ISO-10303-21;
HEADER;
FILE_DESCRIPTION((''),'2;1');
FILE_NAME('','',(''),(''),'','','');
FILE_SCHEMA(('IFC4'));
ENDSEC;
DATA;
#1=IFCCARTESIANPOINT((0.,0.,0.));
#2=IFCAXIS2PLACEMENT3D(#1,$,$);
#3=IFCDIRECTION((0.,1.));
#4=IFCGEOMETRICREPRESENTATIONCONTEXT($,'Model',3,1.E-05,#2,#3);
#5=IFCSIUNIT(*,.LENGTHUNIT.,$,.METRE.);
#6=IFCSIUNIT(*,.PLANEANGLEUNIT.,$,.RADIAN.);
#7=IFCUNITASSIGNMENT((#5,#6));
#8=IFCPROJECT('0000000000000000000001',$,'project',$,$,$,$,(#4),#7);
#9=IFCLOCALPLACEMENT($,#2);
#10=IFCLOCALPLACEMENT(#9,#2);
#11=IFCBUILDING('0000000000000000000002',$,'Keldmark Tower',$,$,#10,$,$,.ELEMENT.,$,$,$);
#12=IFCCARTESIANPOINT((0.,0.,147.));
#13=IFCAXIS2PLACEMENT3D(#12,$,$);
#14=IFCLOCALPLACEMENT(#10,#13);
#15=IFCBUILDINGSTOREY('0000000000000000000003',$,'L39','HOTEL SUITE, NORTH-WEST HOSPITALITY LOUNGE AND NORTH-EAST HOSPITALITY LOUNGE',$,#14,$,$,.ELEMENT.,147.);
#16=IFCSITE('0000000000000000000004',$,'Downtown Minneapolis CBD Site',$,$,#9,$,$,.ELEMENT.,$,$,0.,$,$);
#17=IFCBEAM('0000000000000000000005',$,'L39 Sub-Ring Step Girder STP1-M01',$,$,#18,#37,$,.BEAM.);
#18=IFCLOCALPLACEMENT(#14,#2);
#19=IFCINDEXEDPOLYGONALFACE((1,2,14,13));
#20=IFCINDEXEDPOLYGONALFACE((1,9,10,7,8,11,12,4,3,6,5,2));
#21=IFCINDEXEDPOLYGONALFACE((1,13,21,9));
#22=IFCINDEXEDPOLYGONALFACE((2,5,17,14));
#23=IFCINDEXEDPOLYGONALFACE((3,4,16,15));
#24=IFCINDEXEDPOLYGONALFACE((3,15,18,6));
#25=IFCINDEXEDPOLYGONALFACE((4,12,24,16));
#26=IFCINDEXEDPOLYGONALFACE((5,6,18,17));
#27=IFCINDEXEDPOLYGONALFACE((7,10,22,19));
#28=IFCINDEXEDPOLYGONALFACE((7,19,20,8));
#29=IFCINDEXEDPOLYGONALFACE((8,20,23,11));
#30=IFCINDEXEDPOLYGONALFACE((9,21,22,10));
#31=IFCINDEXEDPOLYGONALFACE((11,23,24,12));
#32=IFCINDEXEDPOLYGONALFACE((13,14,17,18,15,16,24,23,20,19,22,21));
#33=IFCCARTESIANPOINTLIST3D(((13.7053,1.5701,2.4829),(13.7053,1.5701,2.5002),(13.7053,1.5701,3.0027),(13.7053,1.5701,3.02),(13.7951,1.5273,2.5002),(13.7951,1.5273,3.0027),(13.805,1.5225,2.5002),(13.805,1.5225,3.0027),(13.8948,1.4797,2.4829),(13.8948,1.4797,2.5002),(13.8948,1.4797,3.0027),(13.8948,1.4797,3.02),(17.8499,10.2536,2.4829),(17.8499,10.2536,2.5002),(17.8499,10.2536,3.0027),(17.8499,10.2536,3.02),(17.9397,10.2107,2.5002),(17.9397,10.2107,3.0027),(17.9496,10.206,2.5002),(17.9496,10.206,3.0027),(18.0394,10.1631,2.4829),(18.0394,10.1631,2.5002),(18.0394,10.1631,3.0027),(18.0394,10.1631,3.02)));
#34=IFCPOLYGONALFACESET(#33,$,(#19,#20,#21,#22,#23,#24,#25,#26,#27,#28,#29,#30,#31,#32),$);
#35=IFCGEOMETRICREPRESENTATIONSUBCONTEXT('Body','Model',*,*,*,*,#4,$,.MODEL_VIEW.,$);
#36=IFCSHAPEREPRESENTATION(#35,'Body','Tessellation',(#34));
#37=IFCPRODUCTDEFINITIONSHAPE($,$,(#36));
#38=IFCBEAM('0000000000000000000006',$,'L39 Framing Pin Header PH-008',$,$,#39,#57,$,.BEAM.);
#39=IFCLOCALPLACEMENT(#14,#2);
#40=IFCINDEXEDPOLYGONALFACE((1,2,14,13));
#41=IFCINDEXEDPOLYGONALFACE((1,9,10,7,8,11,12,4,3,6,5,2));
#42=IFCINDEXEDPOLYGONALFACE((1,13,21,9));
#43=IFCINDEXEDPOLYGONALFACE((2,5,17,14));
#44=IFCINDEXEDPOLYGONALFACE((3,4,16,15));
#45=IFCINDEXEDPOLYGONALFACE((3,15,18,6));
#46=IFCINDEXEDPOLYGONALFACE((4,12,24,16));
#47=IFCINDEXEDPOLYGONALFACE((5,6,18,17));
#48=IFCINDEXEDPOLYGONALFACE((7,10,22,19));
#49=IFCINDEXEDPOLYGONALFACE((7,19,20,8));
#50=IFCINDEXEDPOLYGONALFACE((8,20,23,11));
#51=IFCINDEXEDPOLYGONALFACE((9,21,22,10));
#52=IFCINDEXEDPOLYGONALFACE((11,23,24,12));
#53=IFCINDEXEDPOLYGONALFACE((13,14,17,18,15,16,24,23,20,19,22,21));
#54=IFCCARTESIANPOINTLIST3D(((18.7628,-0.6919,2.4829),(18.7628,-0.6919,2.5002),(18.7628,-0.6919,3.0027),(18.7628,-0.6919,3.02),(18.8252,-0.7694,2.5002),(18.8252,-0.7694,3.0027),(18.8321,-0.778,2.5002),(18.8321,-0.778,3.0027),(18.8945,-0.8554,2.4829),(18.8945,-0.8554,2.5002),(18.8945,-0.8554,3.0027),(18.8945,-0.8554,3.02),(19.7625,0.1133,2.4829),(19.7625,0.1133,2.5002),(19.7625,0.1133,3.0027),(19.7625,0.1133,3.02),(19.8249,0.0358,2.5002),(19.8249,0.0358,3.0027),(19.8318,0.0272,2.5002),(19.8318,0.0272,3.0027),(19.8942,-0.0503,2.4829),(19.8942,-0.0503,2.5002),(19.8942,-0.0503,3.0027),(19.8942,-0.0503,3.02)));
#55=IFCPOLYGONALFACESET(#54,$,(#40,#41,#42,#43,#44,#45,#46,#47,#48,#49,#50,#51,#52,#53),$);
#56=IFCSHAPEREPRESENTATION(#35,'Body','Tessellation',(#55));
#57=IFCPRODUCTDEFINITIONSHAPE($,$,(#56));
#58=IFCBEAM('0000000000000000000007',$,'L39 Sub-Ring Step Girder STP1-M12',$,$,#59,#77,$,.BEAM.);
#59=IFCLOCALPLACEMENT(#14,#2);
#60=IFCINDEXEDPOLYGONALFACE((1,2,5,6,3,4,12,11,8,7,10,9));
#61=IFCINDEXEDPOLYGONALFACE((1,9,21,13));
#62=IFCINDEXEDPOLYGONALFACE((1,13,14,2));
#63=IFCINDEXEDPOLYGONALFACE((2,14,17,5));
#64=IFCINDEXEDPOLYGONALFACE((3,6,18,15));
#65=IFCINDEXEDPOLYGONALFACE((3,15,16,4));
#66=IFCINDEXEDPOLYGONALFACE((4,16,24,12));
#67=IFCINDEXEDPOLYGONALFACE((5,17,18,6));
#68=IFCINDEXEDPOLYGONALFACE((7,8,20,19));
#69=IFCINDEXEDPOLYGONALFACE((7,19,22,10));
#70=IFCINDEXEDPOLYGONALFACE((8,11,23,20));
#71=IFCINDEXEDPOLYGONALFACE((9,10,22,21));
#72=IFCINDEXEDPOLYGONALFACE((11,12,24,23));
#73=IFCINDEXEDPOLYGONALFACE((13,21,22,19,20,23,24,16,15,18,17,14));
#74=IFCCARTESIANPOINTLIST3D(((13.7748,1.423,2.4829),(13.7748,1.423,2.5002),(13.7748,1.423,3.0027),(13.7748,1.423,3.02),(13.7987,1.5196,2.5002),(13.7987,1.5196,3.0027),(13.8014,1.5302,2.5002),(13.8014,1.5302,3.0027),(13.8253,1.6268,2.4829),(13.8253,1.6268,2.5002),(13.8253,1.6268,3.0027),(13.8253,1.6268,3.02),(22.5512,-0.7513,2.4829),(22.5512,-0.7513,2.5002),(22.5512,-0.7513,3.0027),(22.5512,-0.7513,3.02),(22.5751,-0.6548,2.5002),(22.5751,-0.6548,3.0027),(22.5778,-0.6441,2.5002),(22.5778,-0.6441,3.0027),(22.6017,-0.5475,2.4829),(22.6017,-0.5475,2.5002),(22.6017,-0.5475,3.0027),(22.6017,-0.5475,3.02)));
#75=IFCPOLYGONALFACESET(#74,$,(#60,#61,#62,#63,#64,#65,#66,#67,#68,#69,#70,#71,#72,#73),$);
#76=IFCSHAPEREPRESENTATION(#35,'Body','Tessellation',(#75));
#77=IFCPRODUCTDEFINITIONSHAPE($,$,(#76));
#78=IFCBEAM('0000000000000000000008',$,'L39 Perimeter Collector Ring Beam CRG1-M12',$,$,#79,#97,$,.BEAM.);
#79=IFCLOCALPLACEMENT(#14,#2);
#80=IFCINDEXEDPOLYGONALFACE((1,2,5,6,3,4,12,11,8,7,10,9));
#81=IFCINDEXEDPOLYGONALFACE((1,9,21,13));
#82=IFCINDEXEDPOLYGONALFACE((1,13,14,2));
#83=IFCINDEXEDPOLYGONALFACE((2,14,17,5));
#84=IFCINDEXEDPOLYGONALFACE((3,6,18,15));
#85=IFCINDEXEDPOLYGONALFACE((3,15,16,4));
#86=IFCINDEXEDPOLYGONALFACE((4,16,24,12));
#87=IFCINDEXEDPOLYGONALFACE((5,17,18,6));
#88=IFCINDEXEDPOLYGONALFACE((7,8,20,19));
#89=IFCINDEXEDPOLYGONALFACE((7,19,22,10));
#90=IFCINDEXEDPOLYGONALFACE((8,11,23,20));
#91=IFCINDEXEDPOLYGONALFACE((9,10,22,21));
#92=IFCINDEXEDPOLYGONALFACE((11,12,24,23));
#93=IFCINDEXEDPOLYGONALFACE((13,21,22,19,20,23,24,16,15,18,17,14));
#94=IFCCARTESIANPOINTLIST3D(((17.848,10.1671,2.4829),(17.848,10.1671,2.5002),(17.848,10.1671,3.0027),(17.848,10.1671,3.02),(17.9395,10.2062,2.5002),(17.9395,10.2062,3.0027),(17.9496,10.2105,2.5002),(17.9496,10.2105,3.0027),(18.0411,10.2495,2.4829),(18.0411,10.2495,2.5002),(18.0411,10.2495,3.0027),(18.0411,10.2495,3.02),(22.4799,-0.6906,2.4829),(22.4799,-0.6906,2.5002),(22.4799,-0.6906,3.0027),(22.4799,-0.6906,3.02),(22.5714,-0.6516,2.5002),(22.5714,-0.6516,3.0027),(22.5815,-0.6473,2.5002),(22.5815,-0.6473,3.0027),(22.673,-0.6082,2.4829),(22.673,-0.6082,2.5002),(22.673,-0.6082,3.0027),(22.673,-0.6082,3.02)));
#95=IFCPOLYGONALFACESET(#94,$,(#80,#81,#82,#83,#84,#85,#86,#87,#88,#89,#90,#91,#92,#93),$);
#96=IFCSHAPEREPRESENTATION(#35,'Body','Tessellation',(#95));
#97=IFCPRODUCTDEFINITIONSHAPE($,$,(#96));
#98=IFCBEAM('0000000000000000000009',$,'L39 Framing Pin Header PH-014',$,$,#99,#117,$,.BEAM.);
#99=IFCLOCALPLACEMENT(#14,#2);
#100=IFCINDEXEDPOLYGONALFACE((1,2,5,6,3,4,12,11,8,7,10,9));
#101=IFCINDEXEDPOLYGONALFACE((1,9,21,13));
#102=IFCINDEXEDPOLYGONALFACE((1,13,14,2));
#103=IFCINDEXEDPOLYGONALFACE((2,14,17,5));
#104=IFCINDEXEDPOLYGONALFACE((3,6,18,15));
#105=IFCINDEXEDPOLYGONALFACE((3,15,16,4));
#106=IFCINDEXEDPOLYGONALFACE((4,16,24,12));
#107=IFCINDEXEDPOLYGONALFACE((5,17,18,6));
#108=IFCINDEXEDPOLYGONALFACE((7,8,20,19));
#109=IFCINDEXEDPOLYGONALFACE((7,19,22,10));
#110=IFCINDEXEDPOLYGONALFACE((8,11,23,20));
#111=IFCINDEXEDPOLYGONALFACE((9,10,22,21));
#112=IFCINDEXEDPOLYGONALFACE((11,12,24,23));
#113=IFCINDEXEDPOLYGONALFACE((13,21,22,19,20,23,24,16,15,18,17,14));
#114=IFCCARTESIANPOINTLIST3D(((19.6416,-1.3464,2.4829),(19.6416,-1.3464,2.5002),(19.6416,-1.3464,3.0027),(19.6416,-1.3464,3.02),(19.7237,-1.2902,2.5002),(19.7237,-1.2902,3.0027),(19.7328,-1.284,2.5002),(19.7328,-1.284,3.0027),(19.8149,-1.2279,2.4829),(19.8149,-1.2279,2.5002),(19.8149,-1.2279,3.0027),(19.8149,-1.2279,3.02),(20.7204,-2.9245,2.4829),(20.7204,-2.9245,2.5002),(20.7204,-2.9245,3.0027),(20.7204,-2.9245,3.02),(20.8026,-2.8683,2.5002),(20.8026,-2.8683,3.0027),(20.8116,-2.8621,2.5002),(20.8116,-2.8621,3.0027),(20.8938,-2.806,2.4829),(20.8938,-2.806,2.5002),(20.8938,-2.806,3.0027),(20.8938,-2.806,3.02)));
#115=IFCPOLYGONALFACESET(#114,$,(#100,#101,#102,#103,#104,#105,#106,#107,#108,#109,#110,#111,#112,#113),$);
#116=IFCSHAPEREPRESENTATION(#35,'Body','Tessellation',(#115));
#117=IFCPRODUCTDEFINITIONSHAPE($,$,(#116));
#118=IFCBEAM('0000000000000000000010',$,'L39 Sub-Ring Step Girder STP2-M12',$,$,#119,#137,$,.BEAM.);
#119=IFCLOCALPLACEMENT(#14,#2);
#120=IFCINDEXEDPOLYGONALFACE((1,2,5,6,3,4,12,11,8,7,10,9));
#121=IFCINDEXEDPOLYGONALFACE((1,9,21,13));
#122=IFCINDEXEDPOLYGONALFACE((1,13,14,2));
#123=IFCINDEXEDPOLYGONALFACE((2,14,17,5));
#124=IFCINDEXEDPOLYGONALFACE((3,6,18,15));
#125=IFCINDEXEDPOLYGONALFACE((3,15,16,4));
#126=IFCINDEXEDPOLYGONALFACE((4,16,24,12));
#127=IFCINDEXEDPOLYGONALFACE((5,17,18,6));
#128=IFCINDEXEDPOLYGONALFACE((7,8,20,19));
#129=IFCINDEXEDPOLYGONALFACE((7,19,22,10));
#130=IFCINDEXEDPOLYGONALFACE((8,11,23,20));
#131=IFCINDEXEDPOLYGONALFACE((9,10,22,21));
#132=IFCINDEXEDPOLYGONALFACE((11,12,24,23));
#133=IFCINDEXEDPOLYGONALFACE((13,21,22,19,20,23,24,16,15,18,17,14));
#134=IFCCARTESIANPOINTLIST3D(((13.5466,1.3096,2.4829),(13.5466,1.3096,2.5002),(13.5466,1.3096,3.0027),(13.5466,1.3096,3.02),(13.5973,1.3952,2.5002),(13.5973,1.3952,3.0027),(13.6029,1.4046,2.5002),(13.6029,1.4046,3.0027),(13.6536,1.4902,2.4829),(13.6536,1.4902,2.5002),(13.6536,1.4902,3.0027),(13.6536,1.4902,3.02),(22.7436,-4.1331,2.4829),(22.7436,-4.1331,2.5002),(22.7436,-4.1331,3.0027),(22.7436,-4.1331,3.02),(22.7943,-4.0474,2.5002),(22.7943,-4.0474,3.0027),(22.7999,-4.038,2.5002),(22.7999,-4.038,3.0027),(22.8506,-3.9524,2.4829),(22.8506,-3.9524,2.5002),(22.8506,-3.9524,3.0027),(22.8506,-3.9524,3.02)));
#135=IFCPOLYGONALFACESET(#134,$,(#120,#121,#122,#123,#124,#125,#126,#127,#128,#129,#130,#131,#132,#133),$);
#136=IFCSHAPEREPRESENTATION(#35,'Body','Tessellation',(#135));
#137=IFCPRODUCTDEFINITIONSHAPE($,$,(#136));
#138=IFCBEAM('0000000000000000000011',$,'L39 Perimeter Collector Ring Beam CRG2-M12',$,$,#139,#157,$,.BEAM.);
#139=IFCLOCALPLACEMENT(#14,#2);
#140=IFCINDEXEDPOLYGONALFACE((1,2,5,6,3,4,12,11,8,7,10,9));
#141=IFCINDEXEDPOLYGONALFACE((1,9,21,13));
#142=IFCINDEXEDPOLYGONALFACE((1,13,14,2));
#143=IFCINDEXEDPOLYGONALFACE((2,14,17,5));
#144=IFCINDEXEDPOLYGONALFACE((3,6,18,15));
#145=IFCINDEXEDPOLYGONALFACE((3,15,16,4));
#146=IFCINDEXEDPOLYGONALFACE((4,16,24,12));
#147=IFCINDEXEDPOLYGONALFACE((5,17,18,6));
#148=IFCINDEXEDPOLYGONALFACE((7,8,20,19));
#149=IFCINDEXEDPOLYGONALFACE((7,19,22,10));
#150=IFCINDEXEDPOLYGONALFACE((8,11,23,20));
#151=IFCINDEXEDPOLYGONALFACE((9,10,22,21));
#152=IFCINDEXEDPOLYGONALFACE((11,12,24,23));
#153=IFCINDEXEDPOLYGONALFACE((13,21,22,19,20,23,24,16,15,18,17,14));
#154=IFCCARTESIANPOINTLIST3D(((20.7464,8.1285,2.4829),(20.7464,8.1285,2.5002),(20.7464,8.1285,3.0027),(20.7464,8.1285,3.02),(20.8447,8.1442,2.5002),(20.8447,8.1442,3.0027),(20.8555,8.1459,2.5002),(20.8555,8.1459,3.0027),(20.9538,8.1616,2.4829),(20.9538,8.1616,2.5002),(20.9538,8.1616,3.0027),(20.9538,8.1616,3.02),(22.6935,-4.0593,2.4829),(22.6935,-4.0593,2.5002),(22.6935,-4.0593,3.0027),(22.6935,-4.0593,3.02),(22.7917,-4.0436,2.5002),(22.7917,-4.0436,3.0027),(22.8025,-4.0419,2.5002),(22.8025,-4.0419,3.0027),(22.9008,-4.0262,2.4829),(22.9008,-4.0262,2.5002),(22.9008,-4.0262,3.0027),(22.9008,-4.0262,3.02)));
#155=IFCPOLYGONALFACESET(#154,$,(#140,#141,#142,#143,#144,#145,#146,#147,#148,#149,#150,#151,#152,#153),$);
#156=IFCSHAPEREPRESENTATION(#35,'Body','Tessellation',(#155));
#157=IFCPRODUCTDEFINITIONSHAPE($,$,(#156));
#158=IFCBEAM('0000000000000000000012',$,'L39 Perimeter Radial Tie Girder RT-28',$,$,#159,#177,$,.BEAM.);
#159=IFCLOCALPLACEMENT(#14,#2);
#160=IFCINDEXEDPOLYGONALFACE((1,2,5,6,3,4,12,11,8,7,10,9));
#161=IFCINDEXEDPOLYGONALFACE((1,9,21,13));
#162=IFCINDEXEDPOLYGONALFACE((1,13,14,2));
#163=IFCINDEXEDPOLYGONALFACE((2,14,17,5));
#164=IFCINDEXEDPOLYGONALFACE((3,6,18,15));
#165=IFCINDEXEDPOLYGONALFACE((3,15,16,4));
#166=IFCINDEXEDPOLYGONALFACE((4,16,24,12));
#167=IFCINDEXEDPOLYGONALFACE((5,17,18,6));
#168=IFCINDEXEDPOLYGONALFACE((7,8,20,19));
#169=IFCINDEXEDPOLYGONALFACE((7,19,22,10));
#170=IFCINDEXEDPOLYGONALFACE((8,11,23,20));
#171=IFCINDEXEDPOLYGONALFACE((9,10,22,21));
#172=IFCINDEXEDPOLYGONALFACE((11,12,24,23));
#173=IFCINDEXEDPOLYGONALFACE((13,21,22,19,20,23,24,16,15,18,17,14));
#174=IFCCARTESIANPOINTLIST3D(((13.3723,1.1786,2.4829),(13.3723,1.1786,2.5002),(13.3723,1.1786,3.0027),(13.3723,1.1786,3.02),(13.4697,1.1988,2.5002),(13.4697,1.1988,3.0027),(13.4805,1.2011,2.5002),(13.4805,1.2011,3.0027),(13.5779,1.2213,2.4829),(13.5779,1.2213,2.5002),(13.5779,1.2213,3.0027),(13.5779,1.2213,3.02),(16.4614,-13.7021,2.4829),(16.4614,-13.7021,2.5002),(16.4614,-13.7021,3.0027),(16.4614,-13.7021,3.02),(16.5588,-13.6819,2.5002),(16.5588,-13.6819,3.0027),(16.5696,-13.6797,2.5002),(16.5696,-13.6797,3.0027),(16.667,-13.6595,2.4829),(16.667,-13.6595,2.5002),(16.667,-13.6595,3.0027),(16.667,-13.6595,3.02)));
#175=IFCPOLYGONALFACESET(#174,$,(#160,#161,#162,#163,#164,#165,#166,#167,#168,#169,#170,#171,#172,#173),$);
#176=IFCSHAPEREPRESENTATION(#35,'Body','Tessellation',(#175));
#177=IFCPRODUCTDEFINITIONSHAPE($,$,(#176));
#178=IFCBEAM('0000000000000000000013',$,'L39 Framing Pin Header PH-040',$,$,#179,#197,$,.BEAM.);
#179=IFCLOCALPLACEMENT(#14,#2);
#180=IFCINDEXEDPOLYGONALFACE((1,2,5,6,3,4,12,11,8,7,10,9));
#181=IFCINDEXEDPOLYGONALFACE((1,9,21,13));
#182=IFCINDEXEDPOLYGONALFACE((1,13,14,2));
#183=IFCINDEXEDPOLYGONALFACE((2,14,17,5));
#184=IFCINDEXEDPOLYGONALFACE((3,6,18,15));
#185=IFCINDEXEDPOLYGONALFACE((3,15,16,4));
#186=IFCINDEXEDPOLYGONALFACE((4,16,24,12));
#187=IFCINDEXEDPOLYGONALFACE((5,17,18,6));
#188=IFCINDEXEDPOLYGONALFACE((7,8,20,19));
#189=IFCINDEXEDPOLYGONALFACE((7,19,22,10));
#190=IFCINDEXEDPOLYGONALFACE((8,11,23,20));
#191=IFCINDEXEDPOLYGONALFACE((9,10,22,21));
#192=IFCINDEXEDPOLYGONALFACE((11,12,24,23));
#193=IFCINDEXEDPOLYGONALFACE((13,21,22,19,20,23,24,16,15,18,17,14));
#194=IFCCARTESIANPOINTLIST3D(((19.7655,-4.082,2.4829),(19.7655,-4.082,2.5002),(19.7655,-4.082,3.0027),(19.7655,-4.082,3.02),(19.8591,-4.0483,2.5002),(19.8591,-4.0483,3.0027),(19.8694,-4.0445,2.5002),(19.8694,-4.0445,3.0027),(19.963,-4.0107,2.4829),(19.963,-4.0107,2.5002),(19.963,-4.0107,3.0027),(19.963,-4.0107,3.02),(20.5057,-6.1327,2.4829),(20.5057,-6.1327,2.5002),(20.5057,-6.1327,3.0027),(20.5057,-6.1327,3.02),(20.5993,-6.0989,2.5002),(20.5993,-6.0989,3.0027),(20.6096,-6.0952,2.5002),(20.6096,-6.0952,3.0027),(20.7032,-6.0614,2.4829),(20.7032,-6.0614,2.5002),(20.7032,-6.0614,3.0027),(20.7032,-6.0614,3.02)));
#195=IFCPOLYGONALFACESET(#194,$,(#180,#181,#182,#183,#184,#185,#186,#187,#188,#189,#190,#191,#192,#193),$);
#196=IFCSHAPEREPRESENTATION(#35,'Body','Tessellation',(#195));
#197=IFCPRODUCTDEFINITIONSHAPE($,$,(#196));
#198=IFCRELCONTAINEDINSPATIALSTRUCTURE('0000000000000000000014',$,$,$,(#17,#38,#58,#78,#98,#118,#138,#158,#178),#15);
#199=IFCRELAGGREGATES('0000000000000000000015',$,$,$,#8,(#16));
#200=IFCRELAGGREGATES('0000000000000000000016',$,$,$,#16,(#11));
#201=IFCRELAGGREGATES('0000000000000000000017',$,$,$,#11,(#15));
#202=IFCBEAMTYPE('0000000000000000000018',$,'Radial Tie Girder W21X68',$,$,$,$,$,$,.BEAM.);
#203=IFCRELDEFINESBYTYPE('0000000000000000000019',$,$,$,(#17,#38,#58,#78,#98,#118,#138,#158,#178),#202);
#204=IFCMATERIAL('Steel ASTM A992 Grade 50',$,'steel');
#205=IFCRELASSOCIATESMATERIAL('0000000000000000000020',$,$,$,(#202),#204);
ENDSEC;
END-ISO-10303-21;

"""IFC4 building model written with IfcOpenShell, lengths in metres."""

from ifc_helpers import new_model, si_unit, direction, frame, origin, origin_2d, place, context, subcontext, project, spatial, i_section, extrude, material, material_profile, profile_set, type_object, element, save


model = new_model("IFC4")

# Units and contexts
model_context = context("Model", 3, precision=1e-05, world=origin(), true_north=direction((0.0, 1.0)))
body_context = subcontext(model_context, "Body", "Model", "MODEL_VIEW")
ifc_project = project(units=[si_unit("LENGTHUNIT", "METRE"), si_unit("PLANEANGLEUNIT", "RADIAN")], contexts=[model_context])

# Site, building, storey
site_placement = place(None, origin())
site = spatial("IfcSite", under=ifc_project, at=site_placement, Name="Downtown Minneapolis CBD Site", CompositionType="ELEMENT", RefElevation=0.0)
building_placement = place(site_placement, origin())
building = spatial("IfcBuilding", under=site, at=building_placement, Name="Keldmark Tower", CompositionType="ELEMENT")
storey_placement = place(building_placement, frame((0.0, 0.0, 147.0)))
storey = spatial("IfcBuildingStorey", under=building, at=storey_placement, Name="L39", Description="HOTEL SUITE, NORTH-WEST HOSPITALITY LOUNGE AND NORTH-EAST HOSPITALITY LOUNGE", CompositionType="ELEMENT", Elevation=147.0)

# Beams
ifc_material_1 = material(Name="Steel ASTM A992 Grade 50", Category="steel")
ifc_material_profile_1 = material_profile(ifc_material_1, i_section(OverallWidth=0.21, OverallDepth=0.5371, WebThickness=0.011, FlangeThickness=0.0173, at=origin_2d()), Name="W21X68")
ifc_profile_set_1 = profile_set([ifc_material_profile_1], Name="Steel ASTM A992 Grade 50")
beam_type_1 = type_object("IfcBeamType", Name="Radial Tie Girder W21X68", PredefinedType="BEAM", material=ifc_profile_set_1)
beam_1_placement = place(storey_placement, frame((13.8, 1.5249, 2.7515), z_axis=(0.430747, 0.902473, 0.0), x_axis=(-0.902473, 0.430747, 0.0)))
element("IfcBeam", 1, at=beam_1_placement, inside=storey, type_object=beam_type_1, Name="L39 Sub-Ring Step Girder STP1-M01", PredefinedType="BEAM", context=body_context, shape_type="SweptSolid", body=[
    extrude(i_section(OverallWidth=0.21, OverallDepth=0.5371, WebThickness=0.011, FlangeThickness=0.0173, at=origin_2d()), origin(), (0.0, 0.0, 1.0), 9.6218),
])
beam_2_placement = place(storey_placement, frame((18.8286, -0.7737, 2.7515), z_axis=(0.778824, 0.627243, 0.0), x_axis=(-0.627243, 0.778824, 0.0)))
element("IfcBeam", 2, at=beam_2_placement, inside=storey, type_object=beam_type_1, Name="L39 Framing Pin Header PH-008", PredefinedType="BEAM", context=body_context, shape_type="SweptSolid", body=[
    extrude(i_section(OverallWidth=0.21, OverallDepth=0.5371, WebThickness=0.011, FlangeThickness=0.0173, at=origin_2d()), origin(), (0.0, 0.0, 1.0), 1.2837),
])
beam_3_placement = place(storey_placement, frame((13.8, 1.5249, 2.7515), z_axis=(0.970655, -0.240477, 0.0), x_axis=(0.240477, 0.970655, 0.0)))
element("IfcBeam", 3, at=beam_3_placement, inside=storey, type_object=beam_type_1, Name="L39 Sub-Ring Step Girder STP1-M12", PredefinedType="BEAM", context=body_context, shape_type="SweptSolid", body=[
    extrude(i_section(OverallWidth=0.21, OverallDepth=0.5371, WebThickness=0.011, FlangeThickness=0.0173, at=origin_2d()), origin(), (0.0, 0.0, 1.0), 9.0417),
])
beam_4_placement = place(storey_placement, frame((22.5764, -0.6494, 2.7515), z_axis=(-0.392384, 0.919802, 0.0), x_axis=(-0.919802, -0.392384, 0.0)))
element("IfcBeam", 4, at=beam_4_placement, inside=storey, type_object=beam_type_1, Name="L39 Perimeter Collector Ring Beam CRG1-M12", PredefinedType="BEAM", context=body_context, shape_type="SweptSolid", body=[
    extrude(i_section(OverallWidth=0.21, OverallDepth=0.5371, WebThickness=0.011, FlangeThickness=0.0173, at=origin_2d()), origin(), (0.0, 0.0, 1.0), 11.8044),
])
beam_5_placement = place(storey_placement, frame((19.7283, -1.2871, 2.7515), z_axis=(0.564359, -0.82553, 0.0), x_axis=(0.82553, 0.564359, 0.0)))
element("IfcBeam", 5, at=beam_5_placement, inside=storey, type_object=beam_type_1, Name="L39 Framing Pin Header PH-014", PredefinedType="BEAM", context=body_context, shape_type="SweptSolid", body=[
    extrude(i_section(OverallWidth=0.21, OverallDepth=0.5371, WebThickness=0.011, FlangeThickness=0.0173, at=origin_2d()), origin(), (0.0, 0.0, 1.0), 1.9116),
])
beam_6_placement = place(storey_placement, frame((13.6001, 1.3999, 2.7515), z_axis=(0.860598, -0.509286, 0.0), x_axis=(0.509286, 0.860598, 0.0)))
element("IfcBeam", 6, at=beam_6_placement, inside=storey, type_object=beam_type_1, Name="L39 Sub-Ring Step Girder STP2-M12", PredefinedType="BEAM", context=body_context, shape_type="SweptSolid", body=[
    extrude(i_section(OverallWidth=0.21, OverallDepth=0.5371, WebThickness=0.011, FlangeThickness=0.0173, at=origin_2d()), origin(), (0.0, 0.0, 1.0), 10.6868),
])
beam_7_placement = place(storey_placement, frame((22.7971, -4.0427, 2.7515), z_axis=(-0.157752, 0.987479, 0.0), x_axis=(-0.987479, -0.157752, 0.0)))
element("IfcBeam", 7, at=beam_7_placement, inside=storey, type_object=beam_type_1, Name="L39 Perimeter Collector Ring Beam CRG2-M12", PredefinedType="BEAM", context=body_context, shape_type="SweptSolid", body=[
    extrude(i_section(OverallWidth=0.21, OverallDepth=0.5371, WebThickness=0.011, FlangeThickness=0.0173, at=origin_2d()), origin(), (0.0, 0.0, 1.0), 12.3423),
])
beam_8_placement = place(storey_placement, frame((13.4751, 1.2, 2.7515), z_axis=(0.203256, -0.979126, 0.0), x_axis=(0.979126, 0.203256, 0.0)))
element("IfcBeam", 8, at=beam_8_placement, inside=storey, type_object=beam_type_1, Name="L39 Perimeter Radial Tie Girder RT-28", PredefinedType="BEAM", context=body_context, shape_type="SweptSolid", body=[
    extrude(i_section(OverallWidth=0.21, OverallDepth=0.5371, WebThickness=0.011, FlangeThickness=0.0173, at=origin_2d()), origin(), (0.0, 0.0, 1.0), 15.198),
])
beam_9_placement = place(storey_placement, frame((19.8643, -4.0464, 2.7515), z_axis=(0.339512, -0.940602, 0.0), x_axis=(0.940602, 0.339512, 0.0)))
element("IfcBeam", 9, at=beam_9_placement, inside=storey, type_object=beam_type_1, Name="L39 Framing Pin Header PH-040", PredefinedType="BEAM", context=body_context, shape_type="SweptSolid", body=[
    extrude(i_section(OverallWidth=0.21, OverallDepth=0.5371, WebThickness=0.011, FlangeThickness=0.0173, at=origin_2d()), origin(), (0.0, 0.0, 1.0), 2.1802),
])

save(model, "model.ifc")
